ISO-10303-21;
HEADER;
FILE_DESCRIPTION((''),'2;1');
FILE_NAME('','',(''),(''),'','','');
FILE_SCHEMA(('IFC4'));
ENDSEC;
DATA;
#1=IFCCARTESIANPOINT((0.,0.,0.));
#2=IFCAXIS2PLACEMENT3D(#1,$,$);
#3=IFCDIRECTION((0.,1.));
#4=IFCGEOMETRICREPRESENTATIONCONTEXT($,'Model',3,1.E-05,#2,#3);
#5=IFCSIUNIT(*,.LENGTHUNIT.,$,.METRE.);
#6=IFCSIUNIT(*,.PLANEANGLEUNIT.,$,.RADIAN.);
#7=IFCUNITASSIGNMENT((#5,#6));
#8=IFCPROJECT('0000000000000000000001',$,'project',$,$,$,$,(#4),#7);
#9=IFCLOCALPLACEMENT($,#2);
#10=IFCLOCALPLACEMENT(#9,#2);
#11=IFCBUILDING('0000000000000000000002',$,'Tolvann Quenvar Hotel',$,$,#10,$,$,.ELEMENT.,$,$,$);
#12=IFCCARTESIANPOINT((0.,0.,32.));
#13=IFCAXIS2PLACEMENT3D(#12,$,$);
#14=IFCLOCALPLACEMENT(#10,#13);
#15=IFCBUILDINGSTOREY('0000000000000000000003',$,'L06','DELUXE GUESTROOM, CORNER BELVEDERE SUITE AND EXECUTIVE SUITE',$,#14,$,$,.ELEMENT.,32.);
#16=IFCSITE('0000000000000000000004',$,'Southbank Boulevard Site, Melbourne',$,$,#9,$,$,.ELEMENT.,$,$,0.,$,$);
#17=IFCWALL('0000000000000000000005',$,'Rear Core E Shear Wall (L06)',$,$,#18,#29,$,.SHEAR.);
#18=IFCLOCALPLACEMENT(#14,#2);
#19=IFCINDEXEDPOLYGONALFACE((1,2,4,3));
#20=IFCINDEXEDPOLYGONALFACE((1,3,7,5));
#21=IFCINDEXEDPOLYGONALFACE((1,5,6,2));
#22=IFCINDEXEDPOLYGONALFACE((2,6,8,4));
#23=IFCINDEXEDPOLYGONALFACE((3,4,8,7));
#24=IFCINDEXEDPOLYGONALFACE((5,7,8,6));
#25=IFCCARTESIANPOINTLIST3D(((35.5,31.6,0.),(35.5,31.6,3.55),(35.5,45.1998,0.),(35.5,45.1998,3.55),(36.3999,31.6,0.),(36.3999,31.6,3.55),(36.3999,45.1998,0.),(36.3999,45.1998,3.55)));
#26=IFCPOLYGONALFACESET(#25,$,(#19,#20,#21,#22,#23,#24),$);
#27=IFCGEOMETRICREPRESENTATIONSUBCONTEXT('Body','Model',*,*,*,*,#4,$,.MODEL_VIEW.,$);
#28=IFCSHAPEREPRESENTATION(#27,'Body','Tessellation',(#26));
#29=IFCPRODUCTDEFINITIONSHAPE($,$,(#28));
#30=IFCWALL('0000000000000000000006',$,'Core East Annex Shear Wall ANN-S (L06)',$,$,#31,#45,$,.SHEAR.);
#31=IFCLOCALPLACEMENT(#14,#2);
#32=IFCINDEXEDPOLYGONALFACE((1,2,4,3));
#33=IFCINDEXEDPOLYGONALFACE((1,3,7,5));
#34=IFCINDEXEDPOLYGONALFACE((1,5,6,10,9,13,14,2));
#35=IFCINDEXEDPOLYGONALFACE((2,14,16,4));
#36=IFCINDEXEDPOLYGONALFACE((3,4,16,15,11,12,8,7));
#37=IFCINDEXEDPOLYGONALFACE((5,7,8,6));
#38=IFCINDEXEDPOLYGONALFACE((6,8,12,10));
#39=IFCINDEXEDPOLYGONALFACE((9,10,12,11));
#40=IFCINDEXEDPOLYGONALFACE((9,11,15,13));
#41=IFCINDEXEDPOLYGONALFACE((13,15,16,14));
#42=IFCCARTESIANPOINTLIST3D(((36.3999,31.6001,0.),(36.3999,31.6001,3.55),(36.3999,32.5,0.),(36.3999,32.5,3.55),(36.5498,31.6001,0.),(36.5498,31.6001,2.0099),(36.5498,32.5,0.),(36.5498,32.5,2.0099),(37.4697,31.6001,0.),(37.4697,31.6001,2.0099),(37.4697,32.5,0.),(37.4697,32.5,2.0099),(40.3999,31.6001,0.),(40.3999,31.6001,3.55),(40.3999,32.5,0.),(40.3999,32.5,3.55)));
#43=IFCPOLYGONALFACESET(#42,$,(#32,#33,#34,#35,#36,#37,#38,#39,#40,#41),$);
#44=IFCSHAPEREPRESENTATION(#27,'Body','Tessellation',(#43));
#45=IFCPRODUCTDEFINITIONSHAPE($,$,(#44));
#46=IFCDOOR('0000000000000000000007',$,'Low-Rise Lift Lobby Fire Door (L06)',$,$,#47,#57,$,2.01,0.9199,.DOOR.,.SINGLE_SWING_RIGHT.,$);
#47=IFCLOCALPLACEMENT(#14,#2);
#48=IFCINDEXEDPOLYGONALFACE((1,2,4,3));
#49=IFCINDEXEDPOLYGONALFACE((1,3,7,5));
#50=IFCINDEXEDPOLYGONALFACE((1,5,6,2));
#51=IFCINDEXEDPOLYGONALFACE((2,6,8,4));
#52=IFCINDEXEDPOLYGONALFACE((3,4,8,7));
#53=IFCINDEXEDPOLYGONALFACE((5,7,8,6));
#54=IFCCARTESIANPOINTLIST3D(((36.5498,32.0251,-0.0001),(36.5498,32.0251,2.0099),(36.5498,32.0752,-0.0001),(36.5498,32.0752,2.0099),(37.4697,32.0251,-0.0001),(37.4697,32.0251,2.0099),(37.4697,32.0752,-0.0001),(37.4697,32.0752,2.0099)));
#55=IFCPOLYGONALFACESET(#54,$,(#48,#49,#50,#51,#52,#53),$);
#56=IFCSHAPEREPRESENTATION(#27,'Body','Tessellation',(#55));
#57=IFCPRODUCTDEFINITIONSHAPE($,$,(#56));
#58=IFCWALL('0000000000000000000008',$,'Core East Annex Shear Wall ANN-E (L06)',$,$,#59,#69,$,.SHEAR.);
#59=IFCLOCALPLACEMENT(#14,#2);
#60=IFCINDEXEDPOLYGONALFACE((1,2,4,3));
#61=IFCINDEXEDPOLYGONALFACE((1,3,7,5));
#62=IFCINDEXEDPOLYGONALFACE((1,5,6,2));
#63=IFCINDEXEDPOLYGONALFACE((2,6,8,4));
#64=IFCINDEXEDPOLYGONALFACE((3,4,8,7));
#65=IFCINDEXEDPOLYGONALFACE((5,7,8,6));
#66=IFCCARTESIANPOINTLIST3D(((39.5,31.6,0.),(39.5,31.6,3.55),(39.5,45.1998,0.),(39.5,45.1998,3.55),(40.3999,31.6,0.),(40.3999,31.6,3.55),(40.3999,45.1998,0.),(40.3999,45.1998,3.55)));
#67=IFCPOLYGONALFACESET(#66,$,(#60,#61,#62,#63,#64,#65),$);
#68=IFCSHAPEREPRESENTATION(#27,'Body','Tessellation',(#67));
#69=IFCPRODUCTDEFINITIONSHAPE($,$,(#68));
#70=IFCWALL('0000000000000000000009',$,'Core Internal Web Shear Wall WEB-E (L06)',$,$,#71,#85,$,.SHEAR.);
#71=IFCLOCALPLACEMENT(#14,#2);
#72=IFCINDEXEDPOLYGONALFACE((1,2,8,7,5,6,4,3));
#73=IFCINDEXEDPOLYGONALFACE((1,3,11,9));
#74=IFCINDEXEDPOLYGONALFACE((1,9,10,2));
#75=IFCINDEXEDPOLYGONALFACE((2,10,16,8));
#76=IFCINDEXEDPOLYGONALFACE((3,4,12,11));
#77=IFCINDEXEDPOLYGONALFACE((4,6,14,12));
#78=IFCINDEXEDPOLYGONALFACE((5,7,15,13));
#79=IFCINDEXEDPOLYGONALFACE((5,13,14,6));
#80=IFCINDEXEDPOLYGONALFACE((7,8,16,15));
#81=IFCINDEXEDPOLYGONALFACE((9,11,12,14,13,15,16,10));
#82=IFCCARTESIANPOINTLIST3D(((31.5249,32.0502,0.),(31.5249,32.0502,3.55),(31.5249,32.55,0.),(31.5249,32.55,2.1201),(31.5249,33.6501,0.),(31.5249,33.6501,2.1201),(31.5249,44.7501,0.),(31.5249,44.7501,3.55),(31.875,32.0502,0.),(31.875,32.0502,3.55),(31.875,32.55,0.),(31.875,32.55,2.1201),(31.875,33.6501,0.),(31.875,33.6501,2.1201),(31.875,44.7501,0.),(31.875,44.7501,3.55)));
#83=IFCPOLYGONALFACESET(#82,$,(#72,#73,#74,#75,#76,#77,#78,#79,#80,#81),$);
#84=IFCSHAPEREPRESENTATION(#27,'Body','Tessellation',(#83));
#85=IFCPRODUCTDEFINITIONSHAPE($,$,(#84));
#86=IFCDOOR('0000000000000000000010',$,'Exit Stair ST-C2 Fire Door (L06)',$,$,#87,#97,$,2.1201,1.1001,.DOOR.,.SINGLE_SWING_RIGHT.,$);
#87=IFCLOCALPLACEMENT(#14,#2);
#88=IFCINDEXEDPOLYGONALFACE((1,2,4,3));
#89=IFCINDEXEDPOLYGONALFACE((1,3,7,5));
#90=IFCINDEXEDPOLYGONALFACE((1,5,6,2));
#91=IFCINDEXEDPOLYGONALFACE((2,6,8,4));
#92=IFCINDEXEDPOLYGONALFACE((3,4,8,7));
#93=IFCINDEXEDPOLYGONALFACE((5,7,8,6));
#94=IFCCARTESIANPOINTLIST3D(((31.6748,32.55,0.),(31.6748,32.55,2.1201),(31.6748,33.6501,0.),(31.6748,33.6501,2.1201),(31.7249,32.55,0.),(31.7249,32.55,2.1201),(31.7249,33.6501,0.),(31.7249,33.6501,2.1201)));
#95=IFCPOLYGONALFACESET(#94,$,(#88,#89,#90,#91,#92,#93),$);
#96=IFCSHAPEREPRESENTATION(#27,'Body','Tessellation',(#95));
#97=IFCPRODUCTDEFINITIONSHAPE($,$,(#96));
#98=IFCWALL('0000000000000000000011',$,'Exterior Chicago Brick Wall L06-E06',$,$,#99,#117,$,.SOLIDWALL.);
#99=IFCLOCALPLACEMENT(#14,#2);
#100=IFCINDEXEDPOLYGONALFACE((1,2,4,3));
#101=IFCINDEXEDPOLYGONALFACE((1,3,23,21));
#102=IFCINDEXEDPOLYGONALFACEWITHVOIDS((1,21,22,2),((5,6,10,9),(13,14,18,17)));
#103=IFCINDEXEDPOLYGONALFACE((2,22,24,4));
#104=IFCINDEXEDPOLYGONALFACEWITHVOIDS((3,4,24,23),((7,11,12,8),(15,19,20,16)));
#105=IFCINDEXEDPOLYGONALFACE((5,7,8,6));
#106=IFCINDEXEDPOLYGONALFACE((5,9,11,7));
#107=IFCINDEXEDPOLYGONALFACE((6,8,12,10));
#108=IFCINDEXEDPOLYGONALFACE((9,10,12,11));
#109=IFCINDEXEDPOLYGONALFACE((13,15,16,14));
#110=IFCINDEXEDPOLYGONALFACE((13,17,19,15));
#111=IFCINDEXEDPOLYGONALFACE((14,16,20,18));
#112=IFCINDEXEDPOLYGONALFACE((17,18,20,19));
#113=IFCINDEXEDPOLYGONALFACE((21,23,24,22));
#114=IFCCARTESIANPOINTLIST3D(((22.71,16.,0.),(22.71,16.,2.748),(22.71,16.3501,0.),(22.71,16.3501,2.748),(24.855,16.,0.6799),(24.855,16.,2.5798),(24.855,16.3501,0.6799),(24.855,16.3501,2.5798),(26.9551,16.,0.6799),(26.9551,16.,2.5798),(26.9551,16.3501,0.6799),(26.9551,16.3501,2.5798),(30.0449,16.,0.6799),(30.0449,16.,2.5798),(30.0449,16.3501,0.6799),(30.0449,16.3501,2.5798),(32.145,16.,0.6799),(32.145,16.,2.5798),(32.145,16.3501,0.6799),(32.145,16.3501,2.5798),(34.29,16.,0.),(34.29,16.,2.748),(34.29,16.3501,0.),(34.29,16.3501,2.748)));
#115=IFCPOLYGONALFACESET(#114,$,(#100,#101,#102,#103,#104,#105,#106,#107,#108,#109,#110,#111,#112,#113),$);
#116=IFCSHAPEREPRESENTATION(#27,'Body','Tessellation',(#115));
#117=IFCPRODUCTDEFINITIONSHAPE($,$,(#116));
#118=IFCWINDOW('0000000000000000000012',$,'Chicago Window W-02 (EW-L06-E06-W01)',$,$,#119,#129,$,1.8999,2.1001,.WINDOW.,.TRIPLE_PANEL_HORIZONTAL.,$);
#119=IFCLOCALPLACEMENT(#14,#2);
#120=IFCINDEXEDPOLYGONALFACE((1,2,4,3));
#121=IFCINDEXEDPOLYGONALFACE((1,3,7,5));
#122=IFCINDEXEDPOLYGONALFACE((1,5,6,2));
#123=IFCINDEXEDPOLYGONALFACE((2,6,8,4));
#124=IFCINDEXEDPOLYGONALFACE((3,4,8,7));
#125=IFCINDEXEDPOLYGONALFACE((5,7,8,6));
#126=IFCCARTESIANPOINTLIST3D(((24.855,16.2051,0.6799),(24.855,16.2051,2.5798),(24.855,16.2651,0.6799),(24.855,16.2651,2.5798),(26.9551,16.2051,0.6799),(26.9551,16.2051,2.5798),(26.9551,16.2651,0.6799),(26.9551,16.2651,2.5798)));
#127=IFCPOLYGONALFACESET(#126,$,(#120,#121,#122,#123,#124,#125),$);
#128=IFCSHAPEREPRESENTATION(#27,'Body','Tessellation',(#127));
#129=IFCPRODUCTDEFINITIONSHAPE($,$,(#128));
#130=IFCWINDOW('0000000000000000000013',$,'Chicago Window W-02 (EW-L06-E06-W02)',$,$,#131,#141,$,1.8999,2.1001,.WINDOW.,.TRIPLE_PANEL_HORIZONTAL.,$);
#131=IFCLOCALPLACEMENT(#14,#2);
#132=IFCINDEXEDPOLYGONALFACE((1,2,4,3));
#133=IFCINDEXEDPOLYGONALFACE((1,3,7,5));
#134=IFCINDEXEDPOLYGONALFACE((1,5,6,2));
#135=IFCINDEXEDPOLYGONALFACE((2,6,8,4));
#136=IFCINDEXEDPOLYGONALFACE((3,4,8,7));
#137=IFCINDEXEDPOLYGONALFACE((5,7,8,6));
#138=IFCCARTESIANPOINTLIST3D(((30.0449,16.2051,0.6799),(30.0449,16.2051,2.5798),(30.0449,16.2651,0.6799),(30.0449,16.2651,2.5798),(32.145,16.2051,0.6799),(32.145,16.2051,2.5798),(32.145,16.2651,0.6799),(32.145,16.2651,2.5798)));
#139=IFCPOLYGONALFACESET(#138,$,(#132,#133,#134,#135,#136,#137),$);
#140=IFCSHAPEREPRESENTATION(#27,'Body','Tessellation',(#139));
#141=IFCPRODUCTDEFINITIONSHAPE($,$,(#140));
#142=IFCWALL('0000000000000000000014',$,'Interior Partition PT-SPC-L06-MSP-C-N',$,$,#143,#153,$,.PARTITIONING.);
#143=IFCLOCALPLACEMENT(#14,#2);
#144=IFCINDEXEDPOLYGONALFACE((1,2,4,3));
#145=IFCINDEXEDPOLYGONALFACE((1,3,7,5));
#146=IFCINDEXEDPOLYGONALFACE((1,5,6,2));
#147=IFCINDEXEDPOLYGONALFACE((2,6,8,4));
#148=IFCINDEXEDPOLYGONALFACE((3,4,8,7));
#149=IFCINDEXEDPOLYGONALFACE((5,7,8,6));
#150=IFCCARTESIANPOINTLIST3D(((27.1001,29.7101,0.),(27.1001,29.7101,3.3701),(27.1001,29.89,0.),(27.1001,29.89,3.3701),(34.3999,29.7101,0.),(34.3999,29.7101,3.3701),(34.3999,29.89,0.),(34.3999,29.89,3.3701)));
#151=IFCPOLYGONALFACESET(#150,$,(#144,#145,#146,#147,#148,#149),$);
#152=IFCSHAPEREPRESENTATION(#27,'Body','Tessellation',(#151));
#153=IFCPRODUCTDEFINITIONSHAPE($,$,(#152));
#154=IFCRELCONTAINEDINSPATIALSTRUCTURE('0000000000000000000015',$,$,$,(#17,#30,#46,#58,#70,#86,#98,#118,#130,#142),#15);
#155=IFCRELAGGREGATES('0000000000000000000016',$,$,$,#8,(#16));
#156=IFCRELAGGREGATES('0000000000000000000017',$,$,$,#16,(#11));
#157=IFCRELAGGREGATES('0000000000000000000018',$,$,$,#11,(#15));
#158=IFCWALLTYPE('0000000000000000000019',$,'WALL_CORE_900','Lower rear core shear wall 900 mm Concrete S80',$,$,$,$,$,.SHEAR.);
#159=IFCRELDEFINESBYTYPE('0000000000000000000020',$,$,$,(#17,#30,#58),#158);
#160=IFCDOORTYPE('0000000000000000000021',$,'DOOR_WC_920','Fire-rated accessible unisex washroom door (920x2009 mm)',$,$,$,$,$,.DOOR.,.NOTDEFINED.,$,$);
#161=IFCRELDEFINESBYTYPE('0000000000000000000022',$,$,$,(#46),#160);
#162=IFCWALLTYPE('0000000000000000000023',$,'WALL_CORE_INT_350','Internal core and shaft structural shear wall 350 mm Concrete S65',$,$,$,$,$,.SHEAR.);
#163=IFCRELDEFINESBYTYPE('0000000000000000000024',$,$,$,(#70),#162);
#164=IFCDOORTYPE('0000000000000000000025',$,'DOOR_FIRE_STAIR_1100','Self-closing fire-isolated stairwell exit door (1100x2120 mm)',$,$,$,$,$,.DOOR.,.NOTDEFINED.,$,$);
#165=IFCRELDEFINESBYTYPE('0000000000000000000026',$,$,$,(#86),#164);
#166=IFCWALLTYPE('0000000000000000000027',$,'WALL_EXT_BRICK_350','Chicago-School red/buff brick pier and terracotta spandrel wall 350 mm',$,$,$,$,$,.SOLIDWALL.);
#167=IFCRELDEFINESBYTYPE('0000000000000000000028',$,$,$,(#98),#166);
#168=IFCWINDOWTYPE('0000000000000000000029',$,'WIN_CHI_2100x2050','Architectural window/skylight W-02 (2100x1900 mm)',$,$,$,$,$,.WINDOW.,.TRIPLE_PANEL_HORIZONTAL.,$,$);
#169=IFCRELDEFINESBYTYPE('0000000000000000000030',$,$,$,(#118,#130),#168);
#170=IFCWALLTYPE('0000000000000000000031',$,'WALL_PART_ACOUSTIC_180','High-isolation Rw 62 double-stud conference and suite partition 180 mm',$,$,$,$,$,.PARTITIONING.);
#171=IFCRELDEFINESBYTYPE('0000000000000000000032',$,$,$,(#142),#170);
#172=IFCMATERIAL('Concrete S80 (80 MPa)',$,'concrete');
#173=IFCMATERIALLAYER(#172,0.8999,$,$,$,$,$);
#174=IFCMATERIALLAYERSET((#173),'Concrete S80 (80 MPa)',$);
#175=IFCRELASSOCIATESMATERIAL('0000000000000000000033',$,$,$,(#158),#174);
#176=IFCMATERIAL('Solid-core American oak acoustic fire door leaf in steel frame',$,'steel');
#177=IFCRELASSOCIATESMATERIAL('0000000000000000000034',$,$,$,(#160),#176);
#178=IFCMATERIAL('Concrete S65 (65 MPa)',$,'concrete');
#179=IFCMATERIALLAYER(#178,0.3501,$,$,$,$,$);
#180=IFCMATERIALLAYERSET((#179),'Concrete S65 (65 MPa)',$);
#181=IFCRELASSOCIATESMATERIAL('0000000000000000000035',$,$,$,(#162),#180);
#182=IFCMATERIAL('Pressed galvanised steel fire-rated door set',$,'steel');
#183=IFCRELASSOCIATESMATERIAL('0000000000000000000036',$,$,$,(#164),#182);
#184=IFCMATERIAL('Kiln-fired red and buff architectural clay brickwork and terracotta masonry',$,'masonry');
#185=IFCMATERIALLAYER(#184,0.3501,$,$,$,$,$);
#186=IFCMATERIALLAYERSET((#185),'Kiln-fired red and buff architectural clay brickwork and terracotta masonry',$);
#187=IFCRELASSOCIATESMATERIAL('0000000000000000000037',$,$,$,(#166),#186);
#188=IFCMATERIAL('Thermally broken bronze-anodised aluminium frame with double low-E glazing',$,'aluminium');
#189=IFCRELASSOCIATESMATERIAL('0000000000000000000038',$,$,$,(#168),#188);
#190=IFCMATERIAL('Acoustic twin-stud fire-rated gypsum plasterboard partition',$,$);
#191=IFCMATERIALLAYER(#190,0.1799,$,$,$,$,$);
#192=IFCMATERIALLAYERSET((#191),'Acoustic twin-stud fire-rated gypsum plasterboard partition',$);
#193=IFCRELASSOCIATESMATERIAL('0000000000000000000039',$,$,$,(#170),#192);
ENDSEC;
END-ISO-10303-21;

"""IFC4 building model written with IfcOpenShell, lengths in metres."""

from ifc_helpers import new_model, si_unit, direction, frame, frame_2d, origin, place, context, subcontext, project, spatial, rectangle, extrude, source, transform, mapped, material, layer, layer_set, type_object, type_shapes, element, fill, save


model = new_model("IFC4")

# Units and contexts
model_context = context("Model", 3, precision=1e-05, world=origin(), true_north=direction((0.0, 1.0)))
body_context = subcontext(model_context, "Body", "Model", "MODEL_VIEW")
ifc_project = project(units=[si_unit("LENGTHUNIT", "METRE"), si_unit("PLANEANGLEUNIT", "RADIAN")], contexts=[model_context])

# Site, building, storey
site_placement = place(None, origin())
site = spatial("IfcSite", under=ifc_project, at=site_placement, Name="Southbank Boulevard Site, Melbourne", CompositionType="ELEMENT", RefElevation=0.0)
building_placement = place(site_placement, origin())
building = spatial("IfcBuilding", under=site, at=building_placement, Name="Tolvann Quenvar Hotel", CompositionType="ELEMENT")
storey_placement = place(building_placement, frame((0.0, 0.0, 32.0)))
storey = spatial("IfcBuildingStorey", under=building, at=storey_placement, Name="L06", Description="DELUXE GUESTROOM, CORNER BELVEDERE SUITE AND EXECUTIVE SUITE", CompositionType="ELEMENT", Elevation=32.0)

# Shared definitions
ifc_material_1 = material(Name="Concrete S65 (65 MPa)", Category="concrete")

# Wall
ifc_material_2 = material(Name="Concrete S80 (80 MPa)", Category="concrete")
ifc_layer_1 = layer(ifc_material_2, 0.8999)
ifc_layer_set_1 = layer_set([ifc_layer_1], Name="Concrete S80 (80 MPa)")
wall_type_1 = type_object("IfcWallType", Name="WALL_CORE_900", Description="Lower rear core shear wall 900 mm Concrete S80", PredefinedType="SHEAR", material=ifc_layer_set_1)
wall_1_placement = place(storey_placement, frame((35.95, 31.6001, 0.0), z_axis=(0.0, 0.0, 1.0), x_axis=(0.0, 1.0, 0.0)))
element("IfcWall", 1, at=wall_1_placement, inside=storey, type_object=wall_type_1, Name="Rear Core E Shear Wall (L06)", PredefinedType="SHEAR", context=body_context, shape_type="SweptSolid", body=[
    extrude(rectangle(XDim=13.5999, YDim=0.8999, at=frame_2d((6.7998, 0.0))), origin(), (0.0, 0.0, 1.0), 3.55),
])

# Wall, opening, door
wall_2_placement = place(storey_placement, frame((36.3999, 32.05, 0.0), z_axis=(0.0, 0.0, 1.0), x_axis=(1.0, 0.0, 0.0)))
wall_2 = element("IfcWall", 2, at=wall_2_placement, inside=storey, type_object=wall_type_1, Name="Core East Annex Shear Wall ANN-S (L06)", PredefinedType="SHEAR", context=body_context, shape_type="SweptSolid", body=[
    extrude(rectangle(XDim=4.0, YDim=0.8999, at=frame_2d((2.0, 0.0))), origin(), (0.0, 0.0, 1.0), 3.55),
])
opening_1_placement = place(wall_2_placement, frame((1.0698, 0.0, 0.0), z_axis=(0.0, 0.0, 1.0), x_axis=(-1.0, 0.0, 0.0)))
opening_1 = element("IfcOpeningElement", 3, at=opening_1_placement, cuts=wall_2, PredefinedType="OPENING", context=body_context, shape_type="SweptSolid", body=[
    extrude(rectangle(XDim=0.9199, YDim=2.01, at=frame_2d((0.46, 1.0049))), frame((0.0, 0.46, 0.0), z_axis=(0.0, -1.0, 0.0), x_axis=(1.0, 0.0, 0.0)), (0.0, 0.0, 1.0), 0.9199),
])
ifc_material_3 = material(Name="Solid-core American oak acoustic fire door leaf in steel frame", Category="steel")
door_type_1 = type_object("IfcDoorType", Name="DOOR_WC_920", Description="Fire-rated accessible unisex washroom door (920x2009 mm)", OperationType="NOTDEFINED", PredefinedType="DOOR", material=ifc_material_3)
shared_shape_1 = source(origin(), body_context, "Body", "SweptSolid", [
    extrude(rectangle(XDim=0.9199, YDim=2.01, at=frame_2d((0.46, 1.0049))), frame((0.0, 0.0249, 0.0), z_axis=(0.0, -1.0, 0.0), x_axis=(1.0, 0.0, 0.0)), (0.0, 0.0, 1.0), 0.05),
])
type_shapes(door_type_1, [shared_shape_1])
door_1_placement = place(opening_1_placement, origin())
door_1 = element("IfcDoor", 4, at=door_1_placement, inside=storey, type_object=door_type_1, Name="Low-Rise Lift Lobby Fire Door (L06)", OperationType="SINGLE_SWING_RIGHT", OverallHeight=2.01, OverallWidth=0.9199, PredefinedType="DOOR", context=body_context, shape_type="MappedRepresentation", body=[
    mapped(shared_shape_1, transform((0.0, 0.0, 0.0), x_axis=(1.0, 0.0, 0.0), y_axis=(0.0, 1.0, 0.0), z_axis=(0.0, 0.0, 1.0), scale=1.0)),
])
fill(opening_1, door_1)

# Wall
wall_3_placement = place(storey_placement, frame((39.95, 31.6001, 0.0), z_axis=(0.0, 0.0, 1.0), x_axis=(0.0, 1.0, 0.0)))
element("IfcWall", 5, at=wall_3_placement, inside=storey, type_object=wall_type_1, Name="Core East Annex Shear Wall ANN-E (L06)", PredefinedType="SHEAR", context=body_context, shape_type="SweptSolid", body=[
    extrude(rectangle(XDim=13.5999, YDim=0.8999, at=frame_2d((6.7998, 0.0))), origin(), (0.0, 0.0, 1.0), 3.55),
])

# Wall, opening, door
ifc_layer_2 = layer(ifc_material_1, 0.3501)
ifc_layer_set_2 = layer_set([ifc_layer_2], Name="Concrete S65 (65 MPa)")
wall_type_2 = type_object("IfcWallType", Name="WALL_CORE_INT_350", Description="Internal core and shaft structural shear wall 350 mm Concrete S65", PredefinedType="SHEAR", material=ifc_layer_set_2)
wall_4_placement = place(storey_placement, frame((31.7, 32.05, 0.0), z_axis=(0.0, 0.0, 1.0), x_axis=(0.0, 1.0, 0.0)))
wall_4 = element("IfcWall", 6, at=wall_4_placement, inside=storey, type_object=wall_type_2, Name="Core Internal Web Shear Wall WEB-E (L06)", PredefinedType="SHEAR", context=body_context, shape_type="SweptSolid", body=[
    extrude(rectangle(XDim=12.7, YDim=0.3501, at=frame_2d((6.3501, 0.0))), origin(), (0.0, 0.0, 1.0), 3.55),
])
opening_2_placement = place(wall_4_placement, frame((1.6001, 0.0, 0.0), z_axis=(0.0, 0.0, 1.0), x_axis=(-1.0, 0.0, 0.0)))
opening_2 = element("IfcOpeningElement", 7, at=opening_2_placement, cuts=wall_4, PredefinedType="OPENING", context=body_context, shape_type="SweptSolid", body=[
    extrude(rectangle(XDim=1.1001, YDim=2.1201, at=frame_2d((0.55, 1.0601))), frame((0.0, 0.1851, 0.0), z_axis=(0.0, -1.0, 0.0), x_axis=(1.0, 0.0, 0.0)), (0.0, 0.0, 1.0), 0.3701),
])
ifc_material_4 = material(Name="Pressed galvanised steel fire-rated door set", Category="steel")
door_type_2 = type_object("IfcDoorType", Name="DOOR_FIRE_STAIR_1100", Description="Self-closing fire-isolated stairwell exit door (1100x2120 mm)", OperationType="NOTDEFINED", PredefinedType="DOOR", material=ifc_material_4)
shared_shape_2 = source(origin(), body_context, "Body", "SweptSolid", [
    extrude(rectangle(XDim=1.1001, YDim=2.1201, at=frame_2d((0.55, 1.0601))), frame((0.0, 0.0249, 0.0), z_axis=(0.0, -1.0, 0.0), x_axis=(1.0, 0.0, 0.0)), (0.0, 0.0, 1.0), 0.05),
])
type_shapes(door_type_2, [shared_shape_2])
door_2_placement = place(opening_2_placement, origin())
door_2 = element("IfcDoor", 8, at=door_2_placement, inside=storey, type_object=door_type_2, Name="Exit Stair ST-C2 Fire Door (L06)", OperationType="SINGLE_SWING_RIGHT", OverallHeight=2.1201, OverallWidth=1.1001, PredefinedType="DOOR", context=body_context, shape_type="MappedRepresentation", body=[
    mapped(shared_shape_2, transform((0.0, 0.0, 0.0), x_axis=(1.0, 0.0, 0.0), y_axis=(0.0, 1.0, 0.0), z_axis=(0.0, 0.0, 1.0), scale=1.0)),
])
fill(opening_2, door_2)

# Wall, openings, windows
ifc_material_5 = material(Name="Kiln-fired red and buff architectural clay brickwork and terracotta masonry", Category="masonry")
ifc_layer_3 = layer(ifc_material_5, 0.3501)
ifc_layer_set_3 = layer_set([ifc_layer_3], Name="Kiln-fired red and buff architectural clay brickwork and terracotta masonry")
wall_type_3 = type_object("IfcWallType", Name="WALL_EXT_BRICK_350", Description="Chicago-School red/buff brick pier and terracotta spandrel wall 350 mm", PredefinedType="SOLIDWALL", material=ifc_layer_set_3)
wall_5_placement = place(storey_placement, frame((22.71, 16.175, 0.0), z_axis=(0.0, 0.0, 1.0), x_axis=(1.0, 0.0, 0.0)))
wall_5 = element("IfcWall", 9, at=wall_5_placement, inside=storey, type_object=wall_type_3, Name="Exterior Chicago Brick Wall L06-E06", PredefinedType="SOLIDWALL", context=body_context, shape_type="SweptSolid", body=[
    extrude(rectangle(XDim=11.5801, YDim=0.3501, at=frame_2d((5.79, 0.0))), origin(), (0.0, 0.0, 1.0), 2.748),
])
opening_3_placement = place(wall_5_placement, frame((2.145, 0.0, 0.6799)))
opening_3 = element("IfcOpeningElement", 10, at=opening_3_placement, cuts=wall_5, PredefinedType="OPENING", context=body_context, shape_type="SweptSolid", body=[
    extrude(rectangle(XDim=2.1001, YDim=1.8999, at=frame_2d((1.05, 0.95))), frame((0.0, 0.1851, 0.0), z_axis=(0.0, -1.0, 0.0), x_axis=(1.0, 0.0, 0.0)), (0.0, 0.0, 1.0), 0.3701),
])
opening_4_placement = place(wall_5_placement, frame((7.335, 0.0, 0.6799)))
opening_4 = element("IfcOpeningElement", 11, at=opening_4_placement, cuts=wall_5, PredefinedType="OPENING", context=body_context, shape_type="SweptSolid", body=[
    extrude(rectangle(XDim=2.1001, YDim=1.8999, at=frame_2d((1.05, 0.95))), frame((0.0, 0.1851, 0.0), z_axis=(0.0, -1.0, 0.0), x_axis=(1.0, 0.0, 0.0)), (0.0, 0.0, 1.0), 0.3701),
])
ifc_material_6 = material(Name="Thermally broken bronze-anodised aluminium frame with double low-E glazing", Category="aluminium")
window_type = type_object("IfcWindowType", Name="WIN_CHI_2100x2050", Description="Architectural window/skylight W-02 (2100x1900 mm)", PartitioningType="TRIPLE_PANEL_HORIZONTAL", PredefinedType="WINDOW", material=ifc_material_6)
shared_shape_3 = source(origin(), body_context, "Body", "SweptSolid", [
    extrude(rectangle(XDim=2.1001, YDim=1.8999, at=frame_2d((1.05, 0.95))), frame((0.0, 0.0901, 0.0), z_axis=(0.0, -1.0, 0.0), x_axis=(1.0, 0.0, 0.0)), (0.0, 0.0, 1.0), 0.0601),
])
type_shapes(window_type, [shared_shape_3])
window_1_placement = place(opening_3_placement, origin())
window_1 = element("IfcWindow", 12, at=window_1_placement, inside=storey, type_object=window_type, Name="Chicago Window W-02 (EW-L06-E06-W01)", OverallHeight=1.8999, OverallWidth=2.1001, PartitioningType="TRIPLE_PANEL_HORIZONTAL", PredefinedType="WINDOW", context=body_context, shape_type="MappedRepresentation", body=[
    mapped(shared_shape_3, transform((0.0, 0.0, 0.0), x_axis=(1.0, 0.0, 0.0), y_axis=(0.0, 1.0, 0.0), z_axis=(0.0, 0.0, 1.0), scale=1.0)),
])
fill(opening_3, window_1)
window_2_placement = place(opening_4_placement, origin())
window_2 = element("IfcWindow", 13, at=window_2_placement, inside=storey, type_object=window_type, Name="Chicago Window W-02 (EW-L06-E06-W02)", OverallHeight=1.8999, OverallWidth=2.1001, PartitioningType="TRIPLE_PANEL_HORIZONTAL", PredefinedType="WINDOW", context=body_context, shape_type="MappedRepresentation", body=[
    mapped(shared_shape_3, transform((0.0, 0.0, 0.0), x_axis=(1.0, 0.0, 0.0), y_axis=(0.0, 1.0, 0.0), z_axis=(0.0, 0.0, 1.0), scale=1.0)),
])
fill(opening_4, window_2)

# Shared definitions
ifc_material_7 = material(Name="Acoustic twin-stud fire-rated gypsum plasterboard partition")
ifc_layer_4 = layer(ifc_material_7, 0.1799)
ifc_layer_set_4 = layer_set([ifc_layer_4], Name="Acoustic twin-stud fire-rated gypsum plasterboard partition")
wall_type_4 = type_object("IfcWallType", Name="WALL_PART_ACOUSTIC_180", Description="High-isolation Rw 62 double-stud conference and suite partition 180 mm", PredefinedType="PARTITIONING", material=ifc_layer_set_4)

# Wall
wall_6_placement = place(storey_placement, frame((27.1001, 29.8, 0.0), z_axis=(0.0, 0.0, 1.0), x_axis=(1.0, 0.0, 0.0)))
element("IfcWall", 14, at=wall_6_placement, inside=storey, type_object=wall_type_4, Name="Interior Partition PT-SPC-L06-MSP-C-N", PredefinedType="PARTITIONING", context=body_context, shape_type="SweptSolid", body=[
    extrude(rectangle(XDim=7.2998, YDim=0.1799, at=frame_2d((3.6499, 0.0))), origin(), (0.0, 0.0, 1.0), 3.3701),
])

save(model, "model.ifc")
